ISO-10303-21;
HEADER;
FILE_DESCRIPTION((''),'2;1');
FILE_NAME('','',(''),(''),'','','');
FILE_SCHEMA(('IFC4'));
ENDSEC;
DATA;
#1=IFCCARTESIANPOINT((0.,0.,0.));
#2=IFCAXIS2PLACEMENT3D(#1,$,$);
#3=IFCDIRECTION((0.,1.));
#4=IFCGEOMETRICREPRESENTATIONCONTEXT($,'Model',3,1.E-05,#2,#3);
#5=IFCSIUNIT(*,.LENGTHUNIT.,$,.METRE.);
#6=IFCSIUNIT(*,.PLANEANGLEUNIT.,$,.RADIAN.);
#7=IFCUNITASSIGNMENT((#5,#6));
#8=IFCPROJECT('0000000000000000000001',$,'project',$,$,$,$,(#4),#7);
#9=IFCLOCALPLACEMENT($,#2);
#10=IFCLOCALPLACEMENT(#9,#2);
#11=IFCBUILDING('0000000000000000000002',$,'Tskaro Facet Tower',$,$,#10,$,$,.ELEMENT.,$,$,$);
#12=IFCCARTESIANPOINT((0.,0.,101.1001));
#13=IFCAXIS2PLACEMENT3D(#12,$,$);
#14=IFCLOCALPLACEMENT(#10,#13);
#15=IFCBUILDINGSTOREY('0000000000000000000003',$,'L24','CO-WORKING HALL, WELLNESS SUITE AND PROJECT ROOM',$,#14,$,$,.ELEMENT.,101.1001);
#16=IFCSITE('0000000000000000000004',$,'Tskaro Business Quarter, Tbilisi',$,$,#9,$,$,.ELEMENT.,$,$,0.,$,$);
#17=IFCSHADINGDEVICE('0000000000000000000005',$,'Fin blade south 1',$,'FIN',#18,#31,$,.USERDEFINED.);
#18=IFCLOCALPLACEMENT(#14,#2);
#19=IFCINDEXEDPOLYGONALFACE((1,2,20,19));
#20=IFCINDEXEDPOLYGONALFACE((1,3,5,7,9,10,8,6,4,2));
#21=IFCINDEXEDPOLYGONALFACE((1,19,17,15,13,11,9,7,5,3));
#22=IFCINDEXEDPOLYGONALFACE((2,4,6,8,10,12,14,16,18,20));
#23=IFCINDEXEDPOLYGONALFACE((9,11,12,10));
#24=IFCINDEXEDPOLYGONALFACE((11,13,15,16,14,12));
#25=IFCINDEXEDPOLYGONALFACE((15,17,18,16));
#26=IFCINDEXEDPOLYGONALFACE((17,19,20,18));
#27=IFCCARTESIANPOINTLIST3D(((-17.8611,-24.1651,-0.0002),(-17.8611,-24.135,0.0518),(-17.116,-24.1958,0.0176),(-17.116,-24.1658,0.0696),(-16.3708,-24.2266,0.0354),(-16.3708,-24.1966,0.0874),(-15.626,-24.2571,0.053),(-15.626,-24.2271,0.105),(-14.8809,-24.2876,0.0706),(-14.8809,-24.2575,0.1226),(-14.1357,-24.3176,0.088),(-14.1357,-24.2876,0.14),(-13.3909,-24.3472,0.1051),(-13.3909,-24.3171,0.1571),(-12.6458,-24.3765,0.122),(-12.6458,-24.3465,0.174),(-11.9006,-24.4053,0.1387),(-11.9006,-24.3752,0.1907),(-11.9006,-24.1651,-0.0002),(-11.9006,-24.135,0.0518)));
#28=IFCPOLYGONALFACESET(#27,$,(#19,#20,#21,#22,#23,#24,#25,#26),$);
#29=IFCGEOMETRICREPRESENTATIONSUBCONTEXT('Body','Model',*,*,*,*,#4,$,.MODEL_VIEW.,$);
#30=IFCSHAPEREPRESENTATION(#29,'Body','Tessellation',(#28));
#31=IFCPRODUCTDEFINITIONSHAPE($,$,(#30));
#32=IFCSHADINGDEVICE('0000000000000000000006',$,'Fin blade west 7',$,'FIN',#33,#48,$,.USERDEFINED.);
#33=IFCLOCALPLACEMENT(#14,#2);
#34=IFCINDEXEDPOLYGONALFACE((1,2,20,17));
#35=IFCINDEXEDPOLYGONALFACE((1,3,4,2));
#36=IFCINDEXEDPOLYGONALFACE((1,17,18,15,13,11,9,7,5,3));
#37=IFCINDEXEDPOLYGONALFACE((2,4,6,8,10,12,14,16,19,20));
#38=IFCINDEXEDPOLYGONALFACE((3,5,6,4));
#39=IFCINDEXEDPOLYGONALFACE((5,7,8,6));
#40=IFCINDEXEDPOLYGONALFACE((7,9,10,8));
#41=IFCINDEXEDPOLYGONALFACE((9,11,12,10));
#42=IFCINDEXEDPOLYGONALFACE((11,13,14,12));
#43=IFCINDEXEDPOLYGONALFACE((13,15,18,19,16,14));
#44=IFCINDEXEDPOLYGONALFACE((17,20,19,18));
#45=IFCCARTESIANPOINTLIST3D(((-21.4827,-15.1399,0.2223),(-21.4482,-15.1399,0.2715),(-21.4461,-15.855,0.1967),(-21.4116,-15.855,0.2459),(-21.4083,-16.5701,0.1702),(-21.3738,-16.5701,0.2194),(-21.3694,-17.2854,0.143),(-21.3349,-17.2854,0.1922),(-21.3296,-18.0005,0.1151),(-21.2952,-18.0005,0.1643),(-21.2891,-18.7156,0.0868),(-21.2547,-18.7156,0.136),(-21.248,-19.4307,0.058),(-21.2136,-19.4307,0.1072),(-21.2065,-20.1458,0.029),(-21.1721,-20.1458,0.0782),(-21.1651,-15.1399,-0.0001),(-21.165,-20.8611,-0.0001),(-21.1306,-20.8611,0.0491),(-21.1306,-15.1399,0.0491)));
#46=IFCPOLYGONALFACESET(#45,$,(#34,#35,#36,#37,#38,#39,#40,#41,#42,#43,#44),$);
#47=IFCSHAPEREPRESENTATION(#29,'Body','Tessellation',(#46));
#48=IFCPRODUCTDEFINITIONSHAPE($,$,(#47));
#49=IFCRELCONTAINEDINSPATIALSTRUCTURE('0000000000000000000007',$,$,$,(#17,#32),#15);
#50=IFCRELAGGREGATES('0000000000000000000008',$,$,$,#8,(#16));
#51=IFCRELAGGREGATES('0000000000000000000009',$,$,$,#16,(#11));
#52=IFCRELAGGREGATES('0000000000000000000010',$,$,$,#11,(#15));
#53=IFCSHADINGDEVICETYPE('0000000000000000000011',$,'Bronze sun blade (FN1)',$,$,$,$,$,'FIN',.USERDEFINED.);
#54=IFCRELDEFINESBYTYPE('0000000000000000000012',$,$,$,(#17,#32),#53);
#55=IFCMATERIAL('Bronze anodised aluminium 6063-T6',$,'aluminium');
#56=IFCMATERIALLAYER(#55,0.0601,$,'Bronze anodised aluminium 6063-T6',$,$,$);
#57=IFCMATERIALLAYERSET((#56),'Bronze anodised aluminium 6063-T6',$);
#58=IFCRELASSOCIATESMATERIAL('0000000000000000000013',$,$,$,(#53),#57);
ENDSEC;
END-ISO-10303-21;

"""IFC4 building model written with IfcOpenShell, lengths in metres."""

from ifc_helpers import new_model, si_unit, direction, frame, origin, place, context, subcontext, project, spatial, polyline, outline, extrude, material, layer, layer_set, type_object, element, save


model = new_model("IFC4")

# Units and contexts
model_context = context("Model", 3, precision=1e-05, world=origin(), true_north=direction((0.0, 1.0)))
body_context = subcontext(model_context, "Body", "Model", "MODEL_VIEW")
ifc_project = project(units=[si_unit("LENGTHUNIT", "METRE"), si_unit("PLANEANGLEUNIT", "RADIAN")], contexts=[model_context])

# Site, building, storey
site_placement = place(None, origin())
site = spatial("IfcSite", under=ifc_project, at=site_placement, Name="Tskaro Business Quarter, Tbilisi", CompositionType="ELEMENT", RefElevation=0.0)
building_placement = place(site_placement, origin())
building = spatial("IfcBuilding", under=site, at=building_placement, Name="Tskaro Facet Tower", CompositionType="ELEMENT")
storey_placement = place(building_placement, frame((0.0, 0.0, 101.1001)))
storey = spatial("IfcBuildingStorey", under=building, at=storey_placement, Name="L24", Description="CO-WORKING HALL, WELLNESS SUITE AND PROJECT ROOM", CompositionType="ELEMENT", Elevation=101.1001)

# Shared definitions
ifc_material_1 = material(Name="Bronze anodised aluminium 6063-T6", Category="aluminium")

# Shading devices
ifc_layer_1 = layer(ifc_material_1, 0.0601, Name="Bronze anodised aluminium 6063-T6")
ifc_layer_set_1 = layer_set([ifc_layer_1], Name="Bronze anodised aluminium 6063-T6")
shading_device_type = type_object("IfcShadingDeviceType", Name="Bronze sun blade (FN1)", ElementType="FIN", PredefinedType="USERDEFINED", material=ifc_layer_set_1)
shading_device_1_placement = place(storey_placement, frame((-17.8611, -24.135, 0.0518), z_axis=(-0.000004, 0.500518, 0.865726), x_axis=(1.0, 0.000002, 0.000003)))
element("IfcShadingDevice", 1, at=shading_device_1_placement, inside=storey, type_object=shading_device_type, Name="Fin blade south 1", ObjectType="FIN", PredefinedType="USERDEFINED", context=body_context, shape_type="SweptSolid", body=[
    extrude(outline(polyline([(0.0, 0.0), (5.9604, 0.0), (5.9604, -0.2775), (5.2153, -0.2443), (4.4702, -0.2103), (3.7253, -0.1762), (2.9802, -0.1415), (2.2351, -0.1063), (1.4902, -0.0711), (0.7451, -0.0356), (0.0, 0.0)])), origin(), (0.0, 0.0, -1.0), 0.0601),
])
shading_device_2_placement = place(storey_placement, frame((-21.1306, -15.1399, 0.0491), z_axis=(0.573664, 0.000006, 0.819091), x_axis=(0.000003, -1.0, 0.000005)))
element("IfcShadingDevice", 2, at=shading_device_2_placement, inside=storey, type_object=shading_device_type, Name="Fin blade west 7", ObjectType="FIN", PredefinedType="USERDEFINED", context=body_context, shape_type="SweptSolid", body=[
    extrude(outline(polyline([(0.0, 0.0), (5.7212, 0.0), (5.0059, -0.0507), (4.2908, -0.1013), (3.5757, -0.1514), (2.8606, -0.2009), (2.1455, -0.2494), (1.4302, -0.2969), (0.7151, -0.3431), (0.0, -0.3878), (0.0, 0.0)])), origin(), (0.0, 0.0, -1.0), 0.0601),
])

save(model, "model.ifc")
